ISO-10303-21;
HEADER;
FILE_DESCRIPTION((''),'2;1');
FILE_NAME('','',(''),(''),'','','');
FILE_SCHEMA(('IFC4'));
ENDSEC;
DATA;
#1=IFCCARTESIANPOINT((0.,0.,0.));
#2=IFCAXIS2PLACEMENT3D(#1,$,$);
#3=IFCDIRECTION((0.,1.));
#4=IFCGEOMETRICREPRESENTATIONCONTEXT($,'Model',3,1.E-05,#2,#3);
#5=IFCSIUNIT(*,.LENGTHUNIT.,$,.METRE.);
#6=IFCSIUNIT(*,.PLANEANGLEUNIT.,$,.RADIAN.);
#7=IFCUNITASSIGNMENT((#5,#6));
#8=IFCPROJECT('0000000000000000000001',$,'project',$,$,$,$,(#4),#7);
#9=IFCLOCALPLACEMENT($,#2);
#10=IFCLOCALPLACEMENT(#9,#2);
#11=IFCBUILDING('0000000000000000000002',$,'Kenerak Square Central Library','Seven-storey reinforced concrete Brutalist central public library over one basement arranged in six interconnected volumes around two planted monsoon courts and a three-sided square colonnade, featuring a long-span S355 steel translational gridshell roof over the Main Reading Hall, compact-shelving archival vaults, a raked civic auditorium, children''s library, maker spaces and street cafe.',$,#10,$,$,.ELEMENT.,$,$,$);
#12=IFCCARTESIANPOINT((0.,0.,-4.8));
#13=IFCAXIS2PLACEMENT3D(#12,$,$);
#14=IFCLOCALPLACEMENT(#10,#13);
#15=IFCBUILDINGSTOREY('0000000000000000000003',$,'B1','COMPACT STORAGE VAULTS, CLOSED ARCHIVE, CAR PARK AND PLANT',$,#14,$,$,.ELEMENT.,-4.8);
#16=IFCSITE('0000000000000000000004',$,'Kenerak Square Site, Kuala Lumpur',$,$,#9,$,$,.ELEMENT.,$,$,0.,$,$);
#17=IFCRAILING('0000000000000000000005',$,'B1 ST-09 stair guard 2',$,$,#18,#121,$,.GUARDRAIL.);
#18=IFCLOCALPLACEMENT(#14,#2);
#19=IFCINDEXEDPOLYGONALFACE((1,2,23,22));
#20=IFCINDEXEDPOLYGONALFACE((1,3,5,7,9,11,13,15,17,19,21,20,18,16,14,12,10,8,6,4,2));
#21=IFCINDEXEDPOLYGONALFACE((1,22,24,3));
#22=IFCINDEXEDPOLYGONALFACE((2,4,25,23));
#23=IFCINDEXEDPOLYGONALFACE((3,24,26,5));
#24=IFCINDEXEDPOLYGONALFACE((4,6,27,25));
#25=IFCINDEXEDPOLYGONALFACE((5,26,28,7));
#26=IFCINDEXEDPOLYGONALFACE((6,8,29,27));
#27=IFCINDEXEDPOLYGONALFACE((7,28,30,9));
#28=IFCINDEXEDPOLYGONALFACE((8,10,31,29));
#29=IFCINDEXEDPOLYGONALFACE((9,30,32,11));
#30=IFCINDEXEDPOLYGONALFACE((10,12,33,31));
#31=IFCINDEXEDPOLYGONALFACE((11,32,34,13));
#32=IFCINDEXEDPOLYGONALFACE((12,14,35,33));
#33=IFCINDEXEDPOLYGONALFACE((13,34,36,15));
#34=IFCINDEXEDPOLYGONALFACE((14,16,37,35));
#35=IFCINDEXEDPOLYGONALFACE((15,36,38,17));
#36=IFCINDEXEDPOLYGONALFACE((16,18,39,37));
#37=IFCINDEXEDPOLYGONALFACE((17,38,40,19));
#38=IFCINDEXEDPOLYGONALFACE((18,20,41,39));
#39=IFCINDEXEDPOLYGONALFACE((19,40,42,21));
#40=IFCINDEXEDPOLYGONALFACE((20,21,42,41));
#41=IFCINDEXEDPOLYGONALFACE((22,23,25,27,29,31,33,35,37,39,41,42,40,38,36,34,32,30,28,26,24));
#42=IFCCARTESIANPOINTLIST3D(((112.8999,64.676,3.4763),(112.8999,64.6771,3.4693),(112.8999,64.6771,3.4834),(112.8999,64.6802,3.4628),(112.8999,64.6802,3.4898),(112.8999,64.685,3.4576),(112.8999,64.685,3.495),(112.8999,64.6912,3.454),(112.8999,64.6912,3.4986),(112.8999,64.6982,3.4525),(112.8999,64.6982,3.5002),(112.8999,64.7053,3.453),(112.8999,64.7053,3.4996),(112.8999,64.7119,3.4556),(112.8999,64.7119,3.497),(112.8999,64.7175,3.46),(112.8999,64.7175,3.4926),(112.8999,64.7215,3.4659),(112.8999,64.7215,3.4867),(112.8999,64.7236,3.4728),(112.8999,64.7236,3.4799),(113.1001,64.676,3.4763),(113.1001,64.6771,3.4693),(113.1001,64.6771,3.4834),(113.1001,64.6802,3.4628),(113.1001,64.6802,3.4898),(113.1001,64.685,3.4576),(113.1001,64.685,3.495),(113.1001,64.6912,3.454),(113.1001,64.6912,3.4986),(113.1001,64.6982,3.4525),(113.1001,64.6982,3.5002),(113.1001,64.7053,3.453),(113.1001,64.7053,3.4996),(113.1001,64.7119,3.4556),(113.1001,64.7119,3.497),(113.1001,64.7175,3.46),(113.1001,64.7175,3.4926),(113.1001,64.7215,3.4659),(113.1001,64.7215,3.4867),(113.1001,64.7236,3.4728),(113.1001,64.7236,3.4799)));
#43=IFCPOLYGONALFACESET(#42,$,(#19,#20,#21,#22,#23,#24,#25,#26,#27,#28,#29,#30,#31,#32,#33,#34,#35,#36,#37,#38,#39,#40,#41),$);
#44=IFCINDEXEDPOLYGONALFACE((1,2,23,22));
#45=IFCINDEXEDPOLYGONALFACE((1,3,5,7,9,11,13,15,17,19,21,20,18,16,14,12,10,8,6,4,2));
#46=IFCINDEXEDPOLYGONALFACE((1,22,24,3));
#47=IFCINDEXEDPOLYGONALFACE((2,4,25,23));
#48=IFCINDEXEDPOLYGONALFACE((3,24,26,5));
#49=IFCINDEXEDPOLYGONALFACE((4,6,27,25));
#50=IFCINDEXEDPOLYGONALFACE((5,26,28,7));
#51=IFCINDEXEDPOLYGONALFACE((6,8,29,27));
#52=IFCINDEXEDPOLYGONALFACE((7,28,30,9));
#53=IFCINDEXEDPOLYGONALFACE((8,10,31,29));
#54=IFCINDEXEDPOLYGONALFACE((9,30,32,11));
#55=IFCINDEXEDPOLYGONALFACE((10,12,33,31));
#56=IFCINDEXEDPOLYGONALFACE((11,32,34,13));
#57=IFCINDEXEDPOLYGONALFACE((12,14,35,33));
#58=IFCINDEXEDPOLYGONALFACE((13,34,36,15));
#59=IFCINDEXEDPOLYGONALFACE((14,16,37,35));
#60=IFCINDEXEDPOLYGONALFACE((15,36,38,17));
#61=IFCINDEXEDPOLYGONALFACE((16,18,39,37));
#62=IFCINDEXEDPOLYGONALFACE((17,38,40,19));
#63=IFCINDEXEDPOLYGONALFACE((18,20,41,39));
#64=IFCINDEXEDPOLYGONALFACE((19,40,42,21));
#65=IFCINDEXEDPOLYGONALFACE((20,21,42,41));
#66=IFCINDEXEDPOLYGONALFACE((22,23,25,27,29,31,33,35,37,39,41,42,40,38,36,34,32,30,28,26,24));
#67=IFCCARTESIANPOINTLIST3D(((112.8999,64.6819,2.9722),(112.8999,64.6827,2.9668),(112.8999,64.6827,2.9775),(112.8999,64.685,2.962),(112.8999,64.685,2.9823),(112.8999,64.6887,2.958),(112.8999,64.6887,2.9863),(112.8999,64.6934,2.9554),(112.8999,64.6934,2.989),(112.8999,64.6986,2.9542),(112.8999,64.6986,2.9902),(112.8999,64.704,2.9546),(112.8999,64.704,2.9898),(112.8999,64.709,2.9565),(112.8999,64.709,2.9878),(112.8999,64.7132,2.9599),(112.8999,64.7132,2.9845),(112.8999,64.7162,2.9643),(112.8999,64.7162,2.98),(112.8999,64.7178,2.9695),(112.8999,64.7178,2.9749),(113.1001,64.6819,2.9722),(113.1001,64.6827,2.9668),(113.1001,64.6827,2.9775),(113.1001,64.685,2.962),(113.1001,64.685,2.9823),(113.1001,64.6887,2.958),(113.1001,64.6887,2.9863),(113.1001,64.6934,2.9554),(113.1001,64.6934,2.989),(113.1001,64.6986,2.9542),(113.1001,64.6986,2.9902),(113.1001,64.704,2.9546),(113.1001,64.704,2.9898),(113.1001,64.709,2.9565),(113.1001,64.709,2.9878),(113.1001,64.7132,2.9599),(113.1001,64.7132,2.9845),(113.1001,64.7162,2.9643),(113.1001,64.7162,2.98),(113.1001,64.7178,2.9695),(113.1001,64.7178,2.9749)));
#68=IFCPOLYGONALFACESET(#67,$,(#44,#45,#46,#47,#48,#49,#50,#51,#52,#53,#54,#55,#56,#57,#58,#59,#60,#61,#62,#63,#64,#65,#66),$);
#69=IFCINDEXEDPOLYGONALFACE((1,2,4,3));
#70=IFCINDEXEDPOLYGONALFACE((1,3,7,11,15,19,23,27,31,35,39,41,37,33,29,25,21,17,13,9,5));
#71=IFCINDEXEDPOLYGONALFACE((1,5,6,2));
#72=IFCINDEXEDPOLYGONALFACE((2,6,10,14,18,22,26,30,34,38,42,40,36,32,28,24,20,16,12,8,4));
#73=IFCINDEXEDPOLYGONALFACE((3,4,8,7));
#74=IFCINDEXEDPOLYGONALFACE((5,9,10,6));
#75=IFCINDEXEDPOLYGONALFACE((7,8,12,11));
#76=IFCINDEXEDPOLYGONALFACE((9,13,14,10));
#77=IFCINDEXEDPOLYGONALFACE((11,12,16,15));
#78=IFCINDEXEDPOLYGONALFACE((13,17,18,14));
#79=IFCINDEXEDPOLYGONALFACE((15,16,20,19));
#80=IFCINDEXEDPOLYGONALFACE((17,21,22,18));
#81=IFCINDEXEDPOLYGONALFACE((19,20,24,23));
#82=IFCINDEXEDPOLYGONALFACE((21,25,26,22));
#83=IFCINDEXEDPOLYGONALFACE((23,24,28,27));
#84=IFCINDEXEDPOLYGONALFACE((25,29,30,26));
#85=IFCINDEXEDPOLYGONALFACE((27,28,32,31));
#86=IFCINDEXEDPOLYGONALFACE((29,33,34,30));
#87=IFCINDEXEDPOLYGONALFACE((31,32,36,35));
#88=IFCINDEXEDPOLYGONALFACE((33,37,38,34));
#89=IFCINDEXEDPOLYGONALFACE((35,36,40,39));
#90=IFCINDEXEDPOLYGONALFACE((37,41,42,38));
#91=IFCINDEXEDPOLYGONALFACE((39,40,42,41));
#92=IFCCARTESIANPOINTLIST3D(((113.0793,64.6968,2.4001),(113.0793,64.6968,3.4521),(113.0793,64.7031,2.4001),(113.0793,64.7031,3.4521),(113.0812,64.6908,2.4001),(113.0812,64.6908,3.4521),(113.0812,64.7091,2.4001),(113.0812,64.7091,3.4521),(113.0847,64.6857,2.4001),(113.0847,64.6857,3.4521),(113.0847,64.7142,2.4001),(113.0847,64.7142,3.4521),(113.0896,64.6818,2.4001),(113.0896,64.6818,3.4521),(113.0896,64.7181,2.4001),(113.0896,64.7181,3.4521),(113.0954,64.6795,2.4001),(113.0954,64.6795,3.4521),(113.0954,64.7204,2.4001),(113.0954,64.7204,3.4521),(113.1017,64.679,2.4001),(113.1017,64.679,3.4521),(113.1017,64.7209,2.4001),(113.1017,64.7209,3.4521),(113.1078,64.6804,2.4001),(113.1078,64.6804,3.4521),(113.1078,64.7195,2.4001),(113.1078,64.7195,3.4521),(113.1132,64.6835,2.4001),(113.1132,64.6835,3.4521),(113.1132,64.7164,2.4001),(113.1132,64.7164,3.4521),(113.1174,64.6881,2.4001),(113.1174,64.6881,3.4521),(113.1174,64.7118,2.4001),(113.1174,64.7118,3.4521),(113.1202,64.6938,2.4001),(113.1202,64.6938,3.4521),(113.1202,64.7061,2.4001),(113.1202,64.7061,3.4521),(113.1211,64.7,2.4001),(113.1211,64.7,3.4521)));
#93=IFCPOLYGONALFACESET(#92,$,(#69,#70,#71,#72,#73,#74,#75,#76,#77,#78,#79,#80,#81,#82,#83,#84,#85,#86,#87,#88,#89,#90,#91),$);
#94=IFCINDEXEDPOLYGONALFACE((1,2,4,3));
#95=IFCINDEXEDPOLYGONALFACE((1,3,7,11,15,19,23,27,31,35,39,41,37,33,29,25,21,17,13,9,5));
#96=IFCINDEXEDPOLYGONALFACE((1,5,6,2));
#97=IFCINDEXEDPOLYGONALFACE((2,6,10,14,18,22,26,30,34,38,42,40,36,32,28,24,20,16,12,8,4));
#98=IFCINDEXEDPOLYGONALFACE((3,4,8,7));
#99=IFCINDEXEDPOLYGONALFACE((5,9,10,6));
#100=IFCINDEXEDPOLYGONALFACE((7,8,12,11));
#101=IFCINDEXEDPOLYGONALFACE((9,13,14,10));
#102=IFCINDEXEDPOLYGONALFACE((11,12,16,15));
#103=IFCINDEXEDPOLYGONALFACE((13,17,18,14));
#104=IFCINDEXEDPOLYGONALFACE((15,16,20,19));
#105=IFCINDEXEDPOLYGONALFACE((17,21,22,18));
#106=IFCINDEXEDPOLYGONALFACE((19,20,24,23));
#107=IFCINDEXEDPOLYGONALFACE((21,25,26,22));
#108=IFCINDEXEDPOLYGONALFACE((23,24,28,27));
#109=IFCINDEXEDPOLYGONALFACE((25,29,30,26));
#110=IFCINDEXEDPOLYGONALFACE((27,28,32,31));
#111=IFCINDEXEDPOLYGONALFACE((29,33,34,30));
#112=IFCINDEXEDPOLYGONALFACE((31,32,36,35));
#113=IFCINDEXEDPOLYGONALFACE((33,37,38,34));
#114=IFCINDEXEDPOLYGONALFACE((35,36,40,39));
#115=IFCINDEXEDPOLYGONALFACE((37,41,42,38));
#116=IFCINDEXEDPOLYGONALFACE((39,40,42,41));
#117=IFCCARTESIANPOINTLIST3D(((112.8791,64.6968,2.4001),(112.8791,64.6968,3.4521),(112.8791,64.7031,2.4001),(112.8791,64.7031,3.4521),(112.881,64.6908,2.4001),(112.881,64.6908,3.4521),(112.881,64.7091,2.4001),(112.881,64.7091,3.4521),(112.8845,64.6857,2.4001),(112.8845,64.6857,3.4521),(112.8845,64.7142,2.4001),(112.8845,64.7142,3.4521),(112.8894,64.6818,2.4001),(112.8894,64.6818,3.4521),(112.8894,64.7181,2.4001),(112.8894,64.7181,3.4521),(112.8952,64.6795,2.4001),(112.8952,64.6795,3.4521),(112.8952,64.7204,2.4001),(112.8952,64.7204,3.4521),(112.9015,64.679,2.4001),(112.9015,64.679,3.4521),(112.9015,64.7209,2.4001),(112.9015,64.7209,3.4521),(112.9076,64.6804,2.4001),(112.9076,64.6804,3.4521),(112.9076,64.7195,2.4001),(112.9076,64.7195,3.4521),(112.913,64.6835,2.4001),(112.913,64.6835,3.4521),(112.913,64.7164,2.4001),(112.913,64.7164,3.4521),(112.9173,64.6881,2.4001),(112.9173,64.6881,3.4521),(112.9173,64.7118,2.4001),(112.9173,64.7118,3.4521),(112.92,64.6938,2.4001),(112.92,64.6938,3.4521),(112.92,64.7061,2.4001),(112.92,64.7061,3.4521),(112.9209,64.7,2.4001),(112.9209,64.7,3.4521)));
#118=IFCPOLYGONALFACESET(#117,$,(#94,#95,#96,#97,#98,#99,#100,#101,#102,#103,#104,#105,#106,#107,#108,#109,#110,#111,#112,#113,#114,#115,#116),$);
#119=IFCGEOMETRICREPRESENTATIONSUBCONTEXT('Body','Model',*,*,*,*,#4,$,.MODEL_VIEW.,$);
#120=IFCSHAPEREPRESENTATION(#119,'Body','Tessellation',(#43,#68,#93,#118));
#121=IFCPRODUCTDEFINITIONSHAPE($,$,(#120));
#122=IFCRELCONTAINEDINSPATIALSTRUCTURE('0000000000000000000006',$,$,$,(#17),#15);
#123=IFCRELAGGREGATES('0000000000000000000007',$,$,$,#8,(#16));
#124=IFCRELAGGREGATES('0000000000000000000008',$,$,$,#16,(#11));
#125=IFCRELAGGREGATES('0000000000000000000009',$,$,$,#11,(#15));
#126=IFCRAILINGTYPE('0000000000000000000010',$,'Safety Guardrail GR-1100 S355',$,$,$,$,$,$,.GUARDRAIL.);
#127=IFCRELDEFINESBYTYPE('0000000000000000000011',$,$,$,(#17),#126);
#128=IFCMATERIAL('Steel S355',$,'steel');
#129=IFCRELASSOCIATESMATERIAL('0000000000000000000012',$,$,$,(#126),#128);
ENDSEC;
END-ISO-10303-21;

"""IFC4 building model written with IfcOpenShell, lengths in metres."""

from ifc_helpers import new_model, si_unit, direction, frame, origin, origin_2d, place, context, subcontext, project, spatial, circle, extrude, material, type_object, element, save


model = new_model("IFC4")

# Units and contexts
model_context = context("Model", 3, precision=1e-05, world=origin(), true_north=direction((0.0, 1.0)))
body_context = subcontext(model_context, "Body", "Model", "MODEL_VIEW")
ifc_project = project(units=[si_unit("LENGTHUNIT", "METRE"), si_unit("PLANEANGLEUNIT", "RADIAN")], contexts=[model_context])

# Site, building, storey
site_placement = place(None, origin())
site = spatial("IfcSite", under=ifc_project, at=site_placement, Name="Kenerak Square Site, Kuala Lumpur", CompositionType="ELEMENT", RefElevation=0.0)
building_placement = place(site_placement, origin())
building = spatial("IfcBuilding", under=site, at=building_placement, Name="Kenerak Square Central Library", Description="Seven-storey reinforced concrete Brutalist central public library over one basement arranged in six interconnected volumes around two planted monsoon courts and a three-sided square colonnade, featuring a long-span S355 steel translational gridshell roof over the Main Reading Hall, compact-shelving archival vaults, a raked civic auditorium, children's library, maker spaces and street cafe.", CompositionType="ELEMENT")
storey_placement = place(building_placement, frame((0.0, 0.0, -4.8)))
storey = spatial("IfcBuildingStorey", under=building, at=storey_placement, Name="B1", Description="COMPACT STORAGE VAULTS, CLOSED ARCHIVE, CAR PARK AND PLANT", CompositionType="ELEMENT", Elevation=-4.8)

# Railing
ifc_material_1 = material(Name="Steel S355", Category="steel")
railing_type_1 = type_object("IfcRailingType", Name="Safety Guardrail GR-1100 S355", PredefinedType="GUARDRAIL", material=ifc_material_1)
railing_1_placement = place(storey_placement, frame((113.1001, 64.7, 2.4001)))
element("IfcRailing", 1, at=railing_1_placement, inside=storey, type_object=railing_type_1, Name="B1 ST-09 stair guard 2", PredefinedType="GUARDRAIL", context=body_context, shape_type="SweptSolid", body=[
    extrude(circle(Radius=0.0239, at=origin_2d()), frame((0.0, 0.0, 1.0762), z_axis=(-1.0, 0.0, 0.0), x_axis=(0.0, -1.0, 0.0)), (0.0, 0.0, 1.0), 0.2002),
    extrude(circle(Radius=0.0181, at=origin_2d()), frame((0.0, 0.0, 0.572), z_axis=(-1.0, 0.0, 0.0), x_axis=(0.0, -1.0, 0.0)), (0.0, 0.0, 1.0), 0.2002),
    extrude(circle(Radius=0.021, at=origin_2d()), origin(), (0.0, 0.0, 1.0), 1.052),
    extrude(circle(Radius=0.021, at=origin_2d()), frame((-0.2002, 0.0, 0.0)), (0.0, 0.0, 1.0), 1.052),
])

save(model, "model.ifc")
